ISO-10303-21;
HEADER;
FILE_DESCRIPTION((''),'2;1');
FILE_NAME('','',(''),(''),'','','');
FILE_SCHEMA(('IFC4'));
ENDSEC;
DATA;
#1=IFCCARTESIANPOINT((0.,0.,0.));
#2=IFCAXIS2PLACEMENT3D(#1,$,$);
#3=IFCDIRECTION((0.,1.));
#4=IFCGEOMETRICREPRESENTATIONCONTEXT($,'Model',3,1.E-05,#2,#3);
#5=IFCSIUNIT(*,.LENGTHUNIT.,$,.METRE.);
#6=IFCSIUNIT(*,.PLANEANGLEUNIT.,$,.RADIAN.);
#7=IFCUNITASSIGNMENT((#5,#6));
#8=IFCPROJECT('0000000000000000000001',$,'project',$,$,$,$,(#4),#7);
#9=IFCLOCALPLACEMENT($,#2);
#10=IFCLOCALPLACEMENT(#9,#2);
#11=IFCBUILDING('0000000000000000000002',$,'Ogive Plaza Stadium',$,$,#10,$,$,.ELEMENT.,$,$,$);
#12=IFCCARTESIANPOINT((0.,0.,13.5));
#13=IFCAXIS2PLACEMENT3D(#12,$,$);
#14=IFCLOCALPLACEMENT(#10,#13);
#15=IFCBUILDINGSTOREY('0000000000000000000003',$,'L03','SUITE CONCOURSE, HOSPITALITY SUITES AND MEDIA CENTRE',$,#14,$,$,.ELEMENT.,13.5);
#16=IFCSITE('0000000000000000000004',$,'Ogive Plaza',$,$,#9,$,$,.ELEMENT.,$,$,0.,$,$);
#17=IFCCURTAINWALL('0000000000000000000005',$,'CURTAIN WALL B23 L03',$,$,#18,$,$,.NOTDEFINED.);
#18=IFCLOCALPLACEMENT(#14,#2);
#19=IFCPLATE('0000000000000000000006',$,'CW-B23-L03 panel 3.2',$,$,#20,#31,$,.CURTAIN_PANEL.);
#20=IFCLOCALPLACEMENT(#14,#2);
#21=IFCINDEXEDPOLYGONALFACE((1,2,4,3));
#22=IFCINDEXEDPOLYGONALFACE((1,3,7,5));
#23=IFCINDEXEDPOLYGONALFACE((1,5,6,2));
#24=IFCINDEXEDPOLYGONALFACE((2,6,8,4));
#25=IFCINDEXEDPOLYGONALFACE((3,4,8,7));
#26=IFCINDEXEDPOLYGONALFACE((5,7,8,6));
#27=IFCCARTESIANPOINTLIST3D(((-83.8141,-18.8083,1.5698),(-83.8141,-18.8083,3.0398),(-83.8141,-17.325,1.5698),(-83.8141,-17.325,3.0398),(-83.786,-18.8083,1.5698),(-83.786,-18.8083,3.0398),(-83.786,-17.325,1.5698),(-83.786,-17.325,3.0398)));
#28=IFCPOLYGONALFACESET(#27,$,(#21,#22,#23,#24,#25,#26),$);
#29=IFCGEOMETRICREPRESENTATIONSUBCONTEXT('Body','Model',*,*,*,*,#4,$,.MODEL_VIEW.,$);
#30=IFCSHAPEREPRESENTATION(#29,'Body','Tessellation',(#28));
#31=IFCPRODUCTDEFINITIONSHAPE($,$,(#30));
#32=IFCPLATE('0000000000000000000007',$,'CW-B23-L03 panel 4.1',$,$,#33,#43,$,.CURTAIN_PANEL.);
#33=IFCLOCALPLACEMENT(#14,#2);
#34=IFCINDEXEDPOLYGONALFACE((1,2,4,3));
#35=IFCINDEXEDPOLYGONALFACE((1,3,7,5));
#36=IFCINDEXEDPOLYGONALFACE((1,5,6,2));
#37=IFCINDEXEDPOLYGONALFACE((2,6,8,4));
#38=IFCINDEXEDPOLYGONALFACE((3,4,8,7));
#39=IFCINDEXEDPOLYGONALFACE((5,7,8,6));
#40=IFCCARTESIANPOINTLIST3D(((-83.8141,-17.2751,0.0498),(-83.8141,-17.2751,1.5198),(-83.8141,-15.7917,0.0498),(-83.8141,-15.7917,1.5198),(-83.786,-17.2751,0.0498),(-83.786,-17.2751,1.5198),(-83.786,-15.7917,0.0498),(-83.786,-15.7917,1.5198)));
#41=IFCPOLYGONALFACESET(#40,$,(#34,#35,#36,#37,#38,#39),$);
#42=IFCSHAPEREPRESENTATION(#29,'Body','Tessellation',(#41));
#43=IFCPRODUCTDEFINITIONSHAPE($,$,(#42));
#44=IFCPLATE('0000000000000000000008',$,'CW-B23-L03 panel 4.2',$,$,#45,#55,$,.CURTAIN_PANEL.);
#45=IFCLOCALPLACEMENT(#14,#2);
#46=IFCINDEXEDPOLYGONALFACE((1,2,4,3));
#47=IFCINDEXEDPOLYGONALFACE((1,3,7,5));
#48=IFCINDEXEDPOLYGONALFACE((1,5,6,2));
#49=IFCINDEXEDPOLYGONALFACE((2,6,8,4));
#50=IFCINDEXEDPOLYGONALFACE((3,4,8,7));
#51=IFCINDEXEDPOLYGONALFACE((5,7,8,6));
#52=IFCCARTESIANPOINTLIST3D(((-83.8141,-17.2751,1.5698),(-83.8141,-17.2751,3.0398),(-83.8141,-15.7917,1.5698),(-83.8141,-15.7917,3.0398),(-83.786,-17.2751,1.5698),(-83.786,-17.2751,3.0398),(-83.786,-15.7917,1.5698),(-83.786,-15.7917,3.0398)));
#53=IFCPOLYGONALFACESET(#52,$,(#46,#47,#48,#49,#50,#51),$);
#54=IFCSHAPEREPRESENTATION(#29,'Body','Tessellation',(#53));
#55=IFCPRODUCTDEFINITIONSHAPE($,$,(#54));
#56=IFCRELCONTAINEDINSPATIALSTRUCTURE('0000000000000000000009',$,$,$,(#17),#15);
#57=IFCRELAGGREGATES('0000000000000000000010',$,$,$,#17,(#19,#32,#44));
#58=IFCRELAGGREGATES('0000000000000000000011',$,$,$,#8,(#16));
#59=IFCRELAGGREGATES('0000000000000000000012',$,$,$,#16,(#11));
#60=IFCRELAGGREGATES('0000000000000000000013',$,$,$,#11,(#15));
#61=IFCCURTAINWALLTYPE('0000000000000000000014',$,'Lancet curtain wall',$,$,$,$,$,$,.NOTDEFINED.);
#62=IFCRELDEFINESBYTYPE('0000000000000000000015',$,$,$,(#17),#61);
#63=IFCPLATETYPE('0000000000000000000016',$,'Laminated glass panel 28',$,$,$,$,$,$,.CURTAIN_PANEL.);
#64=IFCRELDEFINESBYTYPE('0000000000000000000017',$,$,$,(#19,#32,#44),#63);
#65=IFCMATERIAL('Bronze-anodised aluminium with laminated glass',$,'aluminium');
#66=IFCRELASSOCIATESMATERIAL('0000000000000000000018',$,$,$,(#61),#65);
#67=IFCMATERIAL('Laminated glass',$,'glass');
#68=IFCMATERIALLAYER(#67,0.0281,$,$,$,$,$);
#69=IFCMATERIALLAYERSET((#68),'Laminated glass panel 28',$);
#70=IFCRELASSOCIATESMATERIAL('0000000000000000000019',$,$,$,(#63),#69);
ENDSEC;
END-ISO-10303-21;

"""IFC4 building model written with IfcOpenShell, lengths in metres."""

from ifc_helpers import new_model, si_unit, direction, frame, origin, origin_2d, place, context, subcontext, project, spatial, rectangle, extrude, material, layer, layer_set, type_object, element, aggregate, save


model = new_model("IFC4")

# Units and contexts
model_context = context("Model", 3, precision=1e-05, world=origin(), true_north=direction((0.0, 1.0)))
body_context = subcontext(model_context, "Body", "Model", "MODEL_VIEW")
ifc_project = project(units=[si_unit("LENGTHUNIT", "METRE"), si_unit("PLANEANGLEUNIT", "RADIAN")], contexts=[model_context])

# Site, building, storey
site_placement = place(None, origin())
site = spatial("IfcSite", under=ifc_project, at=site_placement, Name="Ogive Plaza", CompositionType="ELEMENT", RefElevation=0.0)
building_placement = place(site_placement, origin())
building = spatial("IfcBuilding", under=site, at=building_placement, Name="Ogive Plaza Stadium", CompositionType="ELEMENT")
storey_placement = place(building_placement, frame((0.0, 0.0, 13.5)))
storey = spatial("IfcBuildingStorey", under=building, at=storey_placement, Name="L03", Description="SUITE CONCOURSE, HOSPITALITY SUITES AND MEDIA CENTRE", CompositionType="ELEMENT", Elevation=13.5)

# Shared definitions
ifc_material_1 = material(Name="Bronze-anodised aluminium with laminated glass", Category="aluminium")
curtain_wall_type = type_object("IfcCurtainWallType", Name="Lancet curtain wall", PredefinedType="NOTDEFINED", material=ifc_material_1)

# Curtain wall
curtain_wall_1_placement = place(storey_placement, origin())
curtain_wall_1 = element("IfcCurtainWall", 1, at=curtain_wall_1_placement, inside=storey, type_object=curtain_wall_type, Name="CURTAIN WALL B23 L03", PredefinedType="NOTDEFINED")

# Plates
ifc_material_2 = material(Name="Laminated glass", Category="glass")
ifc_layer = layer(ifc_material_2, 0.0281)
ifc_layer_set = layer_set([ifc_layer], Name="Laminated glass panel 28")
plate_type = type_object("IfcPlateType", Name="Laminated glass panel 28", PredefinedType="CURTAIN_PANEL", material=ifc_layer_set)
plate_1_placement = place(storey_placement, frame((-83.8, -18.0667, 1.5698), z_axis=(0.0, 0.0, 1.0), x_axis=(0.0, 1.0, 0.0)))
plate_1 = element("IfcPlate", 2, at=plate_1_placement, type_object=plate_type, Name="CW-B23-L03 panel 3.2", PredefinedType="CURTAIN_PANEL", context=body_context, shape_type="SweptSolid", body=[
    extrude(rectangle(XDim=1.4834, YDim=0.0281, at=origin_2d()), origin(), (0.0, 0.0, 1.0), 1.47),
])
plate_2_placement = place(storey_placement, frame((-83.8, -16.5334, 0.0498), z_axis=(0.0, 0.0, 1.0), x_axis=(0.0, 1.0, 0.0)))
plate_2 = element("IfcPlate", 3, at=plate_2_placement, type_object=plate_type, Name="CW-B23-L03 panel 4.1", PredefinedType="CURTAIN_PANEL", context=body_context, shape_type="SweptSolid", body=[
    extrude(rectangle(XDim=1.4834, YDim=0.0281, at=origin_2d()), origin(), (0.0, 0.0, 1.0), 1.47),
])
plate_3_placement = place(storey_placement, frame((-83.8, -16.5334, 1.5698), z_axis=(0.0, 0.0, 1.0), x_axis=(0.0, 1.0, 0.0)))
plate_3 = element("IfcPlate", 4, at=plate_3_placement, type_object=plate_type, Name="CW-B23-L03 panel 4.2", PredefinedType="CURTAIN_PANEL", context=body_context, shape_type="SweptSolid", body=[
    extrude(rectangle(XDim=1.4834, YDim=0.0281, at=origin_2d()), origin(), (0.0, 0.0, 1.0), 1.47),
])
aggregate(curtain_wall_1, [plate_1, plate_2, plate_3])

save(model, "model.ifc")
